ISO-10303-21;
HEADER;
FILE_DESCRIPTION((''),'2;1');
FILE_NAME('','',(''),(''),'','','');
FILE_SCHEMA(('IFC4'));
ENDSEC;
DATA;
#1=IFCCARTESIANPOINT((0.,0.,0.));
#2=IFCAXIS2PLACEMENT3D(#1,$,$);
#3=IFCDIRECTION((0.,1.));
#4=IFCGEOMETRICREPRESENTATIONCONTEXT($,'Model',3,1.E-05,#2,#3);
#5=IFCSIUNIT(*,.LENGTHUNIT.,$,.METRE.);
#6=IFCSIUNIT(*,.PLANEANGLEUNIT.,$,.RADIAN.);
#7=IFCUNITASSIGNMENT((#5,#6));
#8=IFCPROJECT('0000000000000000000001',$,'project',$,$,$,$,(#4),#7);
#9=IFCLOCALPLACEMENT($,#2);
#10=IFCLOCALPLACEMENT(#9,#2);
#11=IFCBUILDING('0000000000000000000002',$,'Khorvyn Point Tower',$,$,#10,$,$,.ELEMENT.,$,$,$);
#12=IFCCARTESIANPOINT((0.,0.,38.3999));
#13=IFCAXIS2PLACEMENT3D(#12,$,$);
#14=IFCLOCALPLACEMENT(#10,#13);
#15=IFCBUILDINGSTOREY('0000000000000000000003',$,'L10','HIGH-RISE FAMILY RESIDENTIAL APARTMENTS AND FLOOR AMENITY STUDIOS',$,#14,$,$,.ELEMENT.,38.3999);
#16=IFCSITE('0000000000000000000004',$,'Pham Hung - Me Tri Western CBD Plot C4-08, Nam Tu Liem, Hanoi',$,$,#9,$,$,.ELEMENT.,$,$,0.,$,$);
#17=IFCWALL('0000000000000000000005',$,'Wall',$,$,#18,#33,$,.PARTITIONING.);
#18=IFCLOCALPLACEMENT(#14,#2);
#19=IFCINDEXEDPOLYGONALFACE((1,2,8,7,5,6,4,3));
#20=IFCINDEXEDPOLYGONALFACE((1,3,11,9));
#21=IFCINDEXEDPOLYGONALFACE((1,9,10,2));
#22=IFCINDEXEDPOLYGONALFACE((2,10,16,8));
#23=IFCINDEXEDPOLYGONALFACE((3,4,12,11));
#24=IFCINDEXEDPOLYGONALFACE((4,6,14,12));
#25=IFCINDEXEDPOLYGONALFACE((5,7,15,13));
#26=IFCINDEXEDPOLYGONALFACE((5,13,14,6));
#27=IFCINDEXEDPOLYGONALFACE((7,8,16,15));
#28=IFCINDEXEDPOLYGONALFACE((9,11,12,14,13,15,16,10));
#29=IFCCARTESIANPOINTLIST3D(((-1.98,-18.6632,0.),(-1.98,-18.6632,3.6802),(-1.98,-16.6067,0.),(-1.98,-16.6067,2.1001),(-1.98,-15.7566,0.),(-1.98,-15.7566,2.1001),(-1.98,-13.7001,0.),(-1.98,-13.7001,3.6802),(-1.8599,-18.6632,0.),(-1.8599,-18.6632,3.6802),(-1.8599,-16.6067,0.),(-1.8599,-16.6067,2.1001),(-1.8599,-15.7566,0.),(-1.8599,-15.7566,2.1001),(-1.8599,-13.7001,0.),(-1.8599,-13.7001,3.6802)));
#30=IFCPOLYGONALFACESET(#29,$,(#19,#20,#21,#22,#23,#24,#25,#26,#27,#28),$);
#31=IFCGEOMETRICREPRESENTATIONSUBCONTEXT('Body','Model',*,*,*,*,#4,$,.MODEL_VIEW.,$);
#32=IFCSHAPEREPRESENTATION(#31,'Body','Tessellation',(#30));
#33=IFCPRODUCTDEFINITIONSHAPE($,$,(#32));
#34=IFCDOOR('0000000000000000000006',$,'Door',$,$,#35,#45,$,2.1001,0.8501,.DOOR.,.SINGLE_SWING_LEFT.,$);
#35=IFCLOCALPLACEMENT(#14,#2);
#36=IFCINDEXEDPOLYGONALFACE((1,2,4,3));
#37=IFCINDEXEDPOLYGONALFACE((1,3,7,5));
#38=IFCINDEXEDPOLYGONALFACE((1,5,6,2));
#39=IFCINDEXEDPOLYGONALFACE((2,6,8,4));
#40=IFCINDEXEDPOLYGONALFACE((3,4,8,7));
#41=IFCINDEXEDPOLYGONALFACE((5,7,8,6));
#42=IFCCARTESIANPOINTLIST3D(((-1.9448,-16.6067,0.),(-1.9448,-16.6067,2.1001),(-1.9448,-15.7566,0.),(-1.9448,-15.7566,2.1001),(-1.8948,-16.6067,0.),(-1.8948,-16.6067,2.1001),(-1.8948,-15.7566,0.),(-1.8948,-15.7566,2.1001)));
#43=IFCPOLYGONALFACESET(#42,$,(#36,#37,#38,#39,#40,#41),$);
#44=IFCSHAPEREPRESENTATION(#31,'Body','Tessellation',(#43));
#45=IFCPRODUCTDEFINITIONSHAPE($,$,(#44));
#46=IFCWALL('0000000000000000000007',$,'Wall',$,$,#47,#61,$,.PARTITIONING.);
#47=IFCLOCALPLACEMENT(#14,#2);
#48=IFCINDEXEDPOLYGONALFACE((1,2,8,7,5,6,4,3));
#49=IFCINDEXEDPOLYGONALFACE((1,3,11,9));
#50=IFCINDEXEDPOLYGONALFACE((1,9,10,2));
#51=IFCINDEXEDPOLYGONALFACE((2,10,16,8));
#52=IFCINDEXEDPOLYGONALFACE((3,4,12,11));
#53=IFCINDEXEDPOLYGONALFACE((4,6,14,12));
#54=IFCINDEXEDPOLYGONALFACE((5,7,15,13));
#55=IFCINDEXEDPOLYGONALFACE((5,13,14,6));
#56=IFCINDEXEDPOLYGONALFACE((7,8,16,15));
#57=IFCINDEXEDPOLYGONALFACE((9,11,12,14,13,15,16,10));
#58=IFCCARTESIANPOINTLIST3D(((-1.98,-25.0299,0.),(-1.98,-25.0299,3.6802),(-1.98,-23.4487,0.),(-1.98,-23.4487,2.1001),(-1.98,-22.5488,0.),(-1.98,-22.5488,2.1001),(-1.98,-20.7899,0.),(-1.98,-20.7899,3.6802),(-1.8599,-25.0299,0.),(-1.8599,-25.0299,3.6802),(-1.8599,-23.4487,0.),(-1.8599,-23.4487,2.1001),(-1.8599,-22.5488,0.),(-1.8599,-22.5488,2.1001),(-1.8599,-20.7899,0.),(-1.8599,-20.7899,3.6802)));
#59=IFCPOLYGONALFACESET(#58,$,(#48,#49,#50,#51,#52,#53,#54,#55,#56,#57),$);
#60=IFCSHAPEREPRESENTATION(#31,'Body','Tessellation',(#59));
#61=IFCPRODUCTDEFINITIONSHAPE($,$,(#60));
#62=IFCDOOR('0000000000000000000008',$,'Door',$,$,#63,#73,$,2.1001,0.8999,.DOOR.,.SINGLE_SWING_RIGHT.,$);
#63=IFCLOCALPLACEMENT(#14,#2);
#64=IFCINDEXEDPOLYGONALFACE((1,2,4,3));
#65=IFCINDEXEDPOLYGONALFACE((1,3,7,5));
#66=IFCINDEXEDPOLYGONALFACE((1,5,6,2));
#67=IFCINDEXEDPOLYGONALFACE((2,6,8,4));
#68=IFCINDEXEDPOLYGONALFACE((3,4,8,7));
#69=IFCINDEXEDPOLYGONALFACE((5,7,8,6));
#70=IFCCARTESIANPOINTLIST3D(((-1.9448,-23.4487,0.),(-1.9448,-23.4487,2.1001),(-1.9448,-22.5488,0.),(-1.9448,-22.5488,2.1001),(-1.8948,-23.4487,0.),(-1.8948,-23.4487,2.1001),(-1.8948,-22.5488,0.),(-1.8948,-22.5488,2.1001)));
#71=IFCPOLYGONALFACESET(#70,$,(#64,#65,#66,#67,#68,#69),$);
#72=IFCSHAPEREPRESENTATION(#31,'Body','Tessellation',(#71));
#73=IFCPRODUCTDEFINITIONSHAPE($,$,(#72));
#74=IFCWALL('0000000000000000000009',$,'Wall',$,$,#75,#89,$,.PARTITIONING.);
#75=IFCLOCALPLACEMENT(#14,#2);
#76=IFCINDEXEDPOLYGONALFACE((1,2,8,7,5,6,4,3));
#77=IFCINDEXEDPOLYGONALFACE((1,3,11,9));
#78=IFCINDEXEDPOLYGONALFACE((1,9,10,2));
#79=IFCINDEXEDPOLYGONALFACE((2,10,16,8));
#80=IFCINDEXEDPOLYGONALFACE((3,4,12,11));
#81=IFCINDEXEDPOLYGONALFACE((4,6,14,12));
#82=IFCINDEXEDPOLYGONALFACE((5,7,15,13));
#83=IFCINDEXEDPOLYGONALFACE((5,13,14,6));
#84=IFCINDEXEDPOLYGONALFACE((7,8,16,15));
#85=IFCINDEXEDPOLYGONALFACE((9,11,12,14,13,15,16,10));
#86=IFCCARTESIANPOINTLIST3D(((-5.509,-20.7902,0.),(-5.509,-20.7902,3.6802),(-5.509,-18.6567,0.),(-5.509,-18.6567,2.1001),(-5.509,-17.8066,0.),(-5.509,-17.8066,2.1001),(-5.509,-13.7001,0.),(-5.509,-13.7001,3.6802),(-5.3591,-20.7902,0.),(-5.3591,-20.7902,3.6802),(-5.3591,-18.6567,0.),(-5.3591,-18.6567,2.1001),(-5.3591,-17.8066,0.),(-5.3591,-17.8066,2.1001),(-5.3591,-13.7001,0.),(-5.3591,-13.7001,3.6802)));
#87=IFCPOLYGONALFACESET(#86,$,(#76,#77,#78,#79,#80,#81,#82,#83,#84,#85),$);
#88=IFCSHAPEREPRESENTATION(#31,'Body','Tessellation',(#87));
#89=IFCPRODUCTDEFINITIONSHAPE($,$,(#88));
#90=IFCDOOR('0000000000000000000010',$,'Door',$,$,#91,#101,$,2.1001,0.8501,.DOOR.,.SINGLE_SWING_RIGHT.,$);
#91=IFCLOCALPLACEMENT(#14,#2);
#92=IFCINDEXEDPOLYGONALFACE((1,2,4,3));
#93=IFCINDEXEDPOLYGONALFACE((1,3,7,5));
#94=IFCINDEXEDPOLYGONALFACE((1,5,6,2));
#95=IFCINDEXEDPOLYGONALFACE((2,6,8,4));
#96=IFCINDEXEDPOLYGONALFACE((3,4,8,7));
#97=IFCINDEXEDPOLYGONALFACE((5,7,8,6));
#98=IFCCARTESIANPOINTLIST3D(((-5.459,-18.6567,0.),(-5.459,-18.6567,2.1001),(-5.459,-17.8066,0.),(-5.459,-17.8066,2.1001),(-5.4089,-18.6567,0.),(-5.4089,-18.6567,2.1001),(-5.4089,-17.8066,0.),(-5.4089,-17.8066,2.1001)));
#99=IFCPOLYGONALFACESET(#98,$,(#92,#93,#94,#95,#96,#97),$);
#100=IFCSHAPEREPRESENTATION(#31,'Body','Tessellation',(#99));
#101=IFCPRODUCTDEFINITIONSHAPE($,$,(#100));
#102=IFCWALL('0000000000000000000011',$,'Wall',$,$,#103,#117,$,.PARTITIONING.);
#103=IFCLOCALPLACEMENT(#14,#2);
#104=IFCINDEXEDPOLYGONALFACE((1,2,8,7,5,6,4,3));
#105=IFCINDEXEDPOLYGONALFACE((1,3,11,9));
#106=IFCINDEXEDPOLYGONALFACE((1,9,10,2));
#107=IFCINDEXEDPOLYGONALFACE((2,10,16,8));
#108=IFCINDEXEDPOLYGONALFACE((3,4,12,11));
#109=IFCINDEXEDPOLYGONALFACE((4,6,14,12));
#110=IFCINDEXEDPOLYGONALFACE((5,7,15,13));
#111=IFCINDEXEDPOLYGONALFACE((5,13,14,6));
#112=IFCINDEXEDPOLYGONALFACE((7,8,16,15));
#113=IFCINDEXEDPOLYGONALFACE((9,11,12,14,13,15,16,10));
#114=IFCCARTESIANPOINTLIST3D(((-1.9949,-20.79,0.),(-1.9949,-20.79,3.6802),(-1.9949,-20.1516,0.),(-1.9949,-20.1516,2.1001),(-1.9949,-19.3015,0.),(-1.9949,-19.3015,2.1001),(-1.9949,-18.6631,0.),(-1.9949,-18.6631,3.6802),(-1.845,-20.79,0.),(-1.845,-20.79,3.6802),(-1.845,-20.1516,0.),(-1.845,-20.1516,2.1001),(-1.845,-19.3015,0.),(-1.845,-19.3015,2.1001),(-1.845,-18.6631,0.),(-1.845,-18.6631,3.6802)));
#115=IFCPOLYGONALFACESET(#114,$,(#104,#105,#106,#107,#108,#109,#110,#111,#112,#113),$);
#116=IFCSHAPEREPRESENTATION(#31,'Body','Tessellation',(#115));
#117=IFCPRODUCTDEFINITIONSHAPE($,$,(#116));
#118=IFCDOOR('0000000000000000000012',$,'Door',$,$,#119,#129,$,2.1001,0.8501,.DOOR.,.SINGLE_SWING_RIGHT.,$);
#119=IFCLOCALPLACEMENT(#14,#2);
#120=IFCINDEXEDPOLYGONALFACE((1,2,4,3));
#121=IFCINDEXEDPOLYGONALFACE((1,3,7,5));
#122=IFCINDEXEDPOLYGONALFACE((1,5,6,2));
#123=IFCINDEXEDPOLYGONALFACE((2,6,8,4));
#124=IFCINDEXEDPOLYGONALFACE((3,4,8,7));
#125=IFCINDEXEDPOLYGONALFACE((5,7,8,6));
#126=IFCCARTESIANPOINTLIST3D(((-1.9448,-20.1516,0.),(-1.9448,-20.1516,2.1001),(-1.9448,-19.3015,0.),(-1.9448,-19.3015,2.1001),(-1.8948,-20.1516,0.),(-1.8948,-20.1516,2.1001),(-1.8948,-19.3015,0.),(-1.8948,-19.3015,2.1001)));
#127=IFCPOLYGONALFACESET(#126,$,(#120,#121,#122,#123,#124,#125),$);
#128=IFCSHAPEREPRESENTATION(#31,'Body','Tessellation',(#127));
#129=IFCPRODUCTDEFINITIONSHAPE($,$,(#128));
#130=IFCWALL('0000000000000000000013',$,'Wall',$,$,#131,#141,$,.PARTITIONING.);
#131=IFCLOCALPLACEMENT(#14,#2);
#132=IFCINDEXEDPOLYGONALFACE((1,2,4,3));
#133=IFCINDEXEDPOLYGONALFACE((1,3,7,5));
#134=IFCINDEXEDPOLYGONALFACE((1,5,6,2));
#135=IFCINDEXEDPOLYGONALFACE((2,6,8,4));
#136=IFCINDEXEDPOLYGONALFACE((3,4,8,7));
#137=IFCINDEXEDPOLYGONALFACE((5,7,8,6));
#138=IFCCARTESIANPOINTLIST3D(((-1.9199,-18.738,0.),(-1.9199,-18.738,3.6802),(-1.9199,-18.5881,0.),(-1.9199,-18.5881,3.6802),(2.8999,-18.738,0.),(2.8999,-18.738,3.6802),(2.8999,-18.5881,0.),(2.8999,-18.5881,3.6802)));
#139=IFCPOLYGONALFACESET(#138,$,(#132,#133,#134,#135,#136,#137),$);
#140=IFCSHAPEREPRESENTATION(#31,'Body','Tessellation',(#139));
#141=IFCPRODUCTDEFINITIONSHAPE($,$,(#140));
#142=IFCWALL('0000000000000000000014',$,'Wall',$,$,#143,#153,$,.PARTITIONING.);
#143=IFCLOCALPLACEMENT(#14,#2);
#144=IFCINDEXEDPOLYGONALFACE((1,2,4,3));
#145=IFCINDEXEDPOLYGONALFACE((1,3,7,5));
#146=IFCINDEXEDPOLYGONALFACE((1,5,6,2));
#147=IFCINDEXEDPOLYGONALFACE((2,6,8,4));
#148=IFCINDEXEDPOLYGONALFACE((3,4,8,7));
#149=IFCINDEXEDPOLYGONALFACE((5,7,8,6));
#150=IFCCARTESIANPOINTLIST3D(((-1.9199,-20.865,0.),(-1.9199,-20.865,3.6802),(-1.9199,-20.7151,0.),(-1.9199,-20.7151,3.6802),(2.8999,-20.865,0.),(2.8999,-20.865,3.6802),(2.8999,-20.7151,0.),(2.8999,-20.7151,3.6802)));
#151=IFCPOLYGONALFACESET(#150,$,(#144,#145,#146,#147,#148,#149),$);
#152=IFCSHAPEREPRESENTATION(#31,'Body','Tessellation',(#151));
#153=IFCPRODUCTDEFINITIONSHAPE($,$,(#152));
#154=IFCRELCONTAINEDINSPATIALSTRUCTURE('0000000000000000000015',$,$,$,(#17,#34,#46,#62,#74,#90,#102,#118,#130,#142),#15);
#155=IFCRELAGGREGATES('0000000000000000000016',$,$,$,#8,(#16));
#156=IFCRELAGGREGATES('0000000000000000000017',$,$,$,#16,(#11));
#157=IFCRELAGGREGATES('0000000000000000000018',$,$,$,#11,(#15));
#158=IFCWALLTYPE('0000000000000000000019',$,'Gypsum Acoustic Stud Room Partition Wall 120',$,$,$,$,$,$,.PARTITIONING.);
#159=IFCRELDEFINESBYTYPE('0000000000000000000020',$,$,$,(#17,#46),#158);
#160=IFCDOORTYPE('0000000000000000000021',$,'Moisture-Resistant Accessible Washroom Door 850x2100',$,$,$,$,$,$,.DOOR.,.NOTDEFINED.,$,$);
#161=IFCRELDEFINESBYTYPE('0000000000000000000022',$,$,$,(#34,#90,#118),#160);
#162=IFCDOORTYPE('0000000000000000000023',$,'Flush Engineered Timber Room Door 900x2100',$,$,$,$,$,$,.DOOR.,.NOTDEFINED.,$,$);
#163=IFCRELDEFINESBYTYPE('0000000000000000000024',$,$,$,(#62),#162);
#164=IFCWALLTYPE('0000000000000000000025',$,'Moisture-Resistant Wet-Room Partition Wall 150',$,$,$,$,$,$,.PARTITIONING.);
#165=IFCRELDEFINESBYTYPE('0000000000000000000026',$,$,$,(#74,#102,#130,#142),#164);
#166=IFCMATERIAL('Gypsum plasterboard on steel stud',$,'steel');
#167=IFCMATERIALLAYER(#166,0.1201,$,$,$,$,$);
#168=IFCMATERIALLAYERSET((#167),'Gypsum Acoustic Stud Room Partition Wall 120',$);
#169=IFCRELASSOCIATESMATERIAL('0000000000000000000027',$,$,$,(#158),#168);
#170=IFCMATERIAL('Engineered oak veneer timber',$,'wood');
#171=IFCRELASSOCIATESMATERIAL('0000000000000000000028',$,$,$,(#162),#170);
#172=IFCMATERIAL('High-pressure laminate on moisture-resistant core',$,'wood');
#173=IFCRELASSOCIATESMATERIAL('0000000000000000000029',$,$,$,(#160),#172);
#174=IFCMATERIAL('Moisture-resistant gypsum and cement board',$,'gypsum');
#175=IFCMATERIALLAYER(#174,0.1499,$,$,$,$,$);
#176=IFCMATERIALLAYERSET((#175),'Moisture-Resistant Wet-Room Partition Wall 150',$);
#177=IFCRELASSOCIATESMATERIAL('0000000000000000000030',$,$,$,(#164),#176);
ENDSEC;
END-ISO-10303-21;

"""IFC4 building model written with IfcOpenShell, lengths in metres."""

from ifc_helpers import new_model, si_unit, direction, frame, frame_2d, origin, place, context, subcontext, project, spatial, rectangle, extrude, material, layer, layer_set, type_object, element, fill, save


model = new_model("IFC4")

# Units and contexts
model_context = context("Model", 3, precision=1e-05, world=origin(), true_north=direction((0.0, 1.0)))
body_context = subcontext(model_context, "Body", "Model", "MODEL_VIEW")
ifc_project = project(units=[si_unit("LENGTHUNIT", "METRE"), si_unit("PLANEANGLEUNIT", "RADIAN")], contexts=[model_context])

# Site, building, storey
site_placement = place(None, origin())
site = spatial("IfcSite", under=ifc_project, at=site_placement, Name="Pham Hung - Me Tri Western CBD Plot C4-08, Nam Tu Liem, Hanoi", CompositionType="ELEMENT", RefElevation=0.0)
building_placement = place(site_placement, origin())
building = spatial("IfcBuilding", under=site, at=building_placement, Name="Khorvyn Point Tower", CompositionType="ELEMENT")
storey_placement = place(building_placement, frame((0.0, 0.0, 38.3999)))
storey = spatial("IfcBuildingStorey", under=building, at=storey_placement, Name="L10", Description="HIGH-RISE FAMILY RESIDENTIAL APARTMENTS AND FLOOR AMENITY STUDIOS", CompositionType="ELEMENT", Elevation=38.3999)

# Walls, openings, doors
ifc_material_1 = material(Name="Gypsum plasterboard on steel stud", Category="steel")
ifc_layer_1 = layer(ifc_material_1, 0.1201)
ifc_layer_set_1 = layer_set([ifc_layer_1], Name="Gypsum Acoustic Stud Room Partition Wall 120")
wall_type_1 = type_object("IfcWallType", Name="Gypsum Acoustic Stud Room Partition Wall 120", PredefinedType="PARTITIONING", material=ifc_layer_set_1)
ifc_material_2 = material(Name="Engineered oak veneer timber", Category="wood")
door_type_1 = type_object("IfcDoorType", Name="Flush Engineered Timber Room Door 900x2100", OperationType="NOTDEFINED", PredefinedType="DOOR", material=ifc_material_2)
wall_1_placement = place(storey_placement, frame((-1.9199, -18.6631, 0.0), z_axis=(0.0, 0.0, 1.0), x_axis=(0.0, 1.0, 0.0)))
wall_1 = element("IfcWall", 1, at=wall_1_placement, inside=storey, type_object=wall_type_1, Name="Wall", PredefinedType="PARTITIONING", context=body_context, shape_type="SweptSolid", body=[
    extrude(rectangle(XDim=4.9631, YDim=0.1201, at=frame_2d((2.4814, 0.0))), origin(), (0.0, 0.0, 1.0), 3.6802),
])
opening_1_placement = place(wall_1_placement, frame((2.0564, 0.0, 0.0)))
opening_1 = element("IfcOpeningElement", 2, at=opening_1_placement, cuts=wall_1, PredefinedType="OPENING", context=body_context, shape_type="SweptSolid", body=[
    extrude(rectangle(XDim=0.8501, YDim=2.1001, at=frame_2d((0.425, 1.05))), frame((0.0, 0.0701, 0.0), z_axis=(0.0, -1.0, 0.0), x_axis=(1.0, 0.0, 0.0)), (0.0, 0.0, 1.0), 0.1401),
])
ifc_material_3 = material(Name="High-pressure laminate on moisture-resistant core", Category="wood")
door_type_2 = type_object("IfcDoorType", Name="Moisture-Resistant Accessible Washroom Door 850x2100", OperationType="NOTDEFINED", PredefinedType="DOOR", material=ifc_material_3)
door_1_placement = place(opening_1_placement, origin())
door_1 = element("IfcDoor", 3, at=door_1_placement, inside=storey, type_object=door_type_2, Name="Door", OperationType="SINGLE_SWING_LEFT", OverallHeight=2.1001, OverallWidth=0.8501, PredefinedType="DOOR", context=body_context, shape_type="SweptSolid", body=[
    extrude(rectangle(XDim=0.8501, YDim=2.1001, at=frame_2d((0.425, 1.05))), frame((0.0, 0.0249, 0.0), z_axis=(0.0, -1.0, 0.0), x_axis=(1.0, 0.0, 0.0)), (0.0, 0.0, 1.0), 0.05),
])
fill(opening_1, door_1)
wall_2_placement = place(storey_placement, frame((-1.9199, -25.03, 0.0), z_axis=(0.0, 0.0, 1.0), x_axis=(0.0, 1.0, 0.0)))
wall_2 = element("IfcWall", 4, at=wall_2_placement, inside=storey, type_object=wall_type_1, Name="Wall", PredefinedType="PARTITIONING", context=body_context, shape_type="SweptSolid", body=[
    extrude(rectangle(XDim=4.24, YDim=0.1201, at=frame_2d((2.1201, 0.0))), origin(), (0.0, 0.0, 1.0), 3.6802),
])
opening_2_placement = place(wall_2_placement, frame((1.5813, 0.0, 0.0)))
opening_2 = element("IfcOpeningElement", 5, at=opening_2_placement, cuts=wall_2, PredefinedType="OPENING", context=body_context, shape_type="SweptSolid", body=[
    extrude(rectangle(XDim=0.8999, YDim=2.1001, at=frame_2d((0.45, 1.05))), frame((0.0, 0.0701, 0.0), z_axis=(0.0, -1.0, 0.0), x_axis=(1.0, 0.0, 0.0)), (0.0, 0.0, 1.0), 0.1401),
])
door_2_placement = place(opening_2_placement, origin())
door_2 = element("IfcDoor", 6, at=door_2_placement, inside=storey, type_object=door_type_1, Name="Door", OperationType="SINGLE_SWING_RIGHT", OverallHeight=2.1001, OverallWidth=0.8999, PredefinedType="DOOR", context=body_context, shape_type="SweptSolid", body=[
    extrude(rectangle(XDim=0.8999, YDim=2.1001, at=frame_2d((0.45, 1.05))), frame((0.0, 0.0249, 0.0), z_axis=(0.0, -1.0, 0.0), x_axis=(1.0, 0.0, 0.0)), (0.0, 0.0, 1.0), 0.05),
])
fill(opening_2, door_2)
ifc_material_4 = material(Name="Moisture-resistant gypsum and cement board", Category="gypsum")
ifc_layer_2 = layer(ifc_material_4, 0.1499)
ifc_layer_set_2 = layer_set([ifc_layer_2], Name="Moisture-Resistant Wet-Room Partition Wall 150")
wall_type_2 = type_object("IfcWallType", Name="Moisture-Resistant Wet-Room Partition Wall 150", PredefinedType="PARTITIONING", material=ifc_layer_set_2)
wall_3_placement = place(storey_placement, frame((-5.4341, -20.79, 0.0), z_axis=(0.0, 0.0, 1.0), x_axis=(0.0, 1.0, 0.0)))
wall_3 = element("IfcWall", 7, at=wall_3_placement, inside=storey, type_object=wall_type_2, Name="Wall", PredefinedType="PARTITIONING", context=body_context, shape_type="SweptSolid", body=[
    extrude(rectangle(XDim=7.0901, YDim=0.1499, at=frame_2d((3.5449, 0.0))), origin(), (0.0, 0.0, 1.0), 3.6802),
])
opening_3_placement = place(wall_3_placement, frame((2.1333, 0.0, 0.0)))
opening_3 = element("IfcOpeningElement", 8, at=opening_3_placement, cuts=wall_3, PredefinedType="OPENING", context=body_context, shape_type="SweptSolid", body=[
    extrude(rectangle(XDim=0.8501, YDim=2.1001, at=frame_2d((0.425, 1.05))), frame((0.0, 0.085, 0.0), z_axis=(0.0, -1.0, 0.0), x_axis=(1.0, 0.0, 0.0)), (0.0, 0.0, 1.0), 0.1699),
])
door_3_placement = place(opening_3_placement, origin())
door_3 = element("IfcDoor", 9, at=door_3_placement, inside=storey, type_object=door_type_2, Name="Door", OperationType="SINGLE_SWING_RIGHT", OverallHeight=2.1001, OverallWidth=0.8501, PredefinedType="DOOR", context=body_context, shape_type="SweptSolid", body=[
    extrude(rectangle(XDim=0.8501, YDim=2.1001, at=frame_2d((0.425, 1.05))), frame((0.0, 0.0249, 0.0), z_axis=(0.0, -1.0, 0.0), x_axis=(1.0, 0.0, 0.0)), (0.0, 0.0, 1.0), 0.05),
])
fill(opening_3, door_3)
wall_4_placement = place(storey_placement, frame((-1.9199, -20.79, 0.0), z_axis=(0.0, 0.0, 1.0), x_axis=(0.0, 1.0, 0.0)))
wall_4 = element("IfcWall", 10, at=wall_4_placement, inside=storey, type_object=wall_type_2, Name="Wall", PredefinedType="PARTITIONING", context=body_context, shape_type="SweptSolid", body=[
    extrude(rectangle(XDim=2.127, YDim=0.1499, at=frame_2d((1.0635, 0.0))), origin(), (0.0, 0.0, 1.0), 3.6802),
])
opening_4_placement = place(wall_4_placement, frame((0.6384, 0.0, 0.0)))
opening_4 = element("IfcOpeningElement", 11, at=opening_4_placement, cuts=wall_4, PredefinedType="OPENING", context=body_context, shape_type="SweptSolid", body=[
    extrude(rectangle(XDim=0.8501, YDim=2.1001, at=frame_2d((0.425, 1.05))), frame((0.0, 0.085, 0.0), z_axis=(0.0, -1.0, 0.0), x_axis=(1.0, 0.0, 0.0)), (0.0, 0.0, 1.0), 0.1699),
])
door_4_placement = place(opening_4_placement, origin())
door_4 = element("IfcDoor", 12, at=door_4_placement, inside=storey, type_object=door_type_2, Name="Door", OperationType="SINGLE_SWING_RIGHT", OverallHeight=2.1001, OverallWidth=0.8501, PredefinedType="DOOR", context=body_context, shape_type="SweptSolid", body=[
    extrude(rectangle(XDim=0.8501, YDim=2.1001, at=frame_2d((0.425, 1.05))), frame((0.0, 0.0249, 0.0), z_axis=(0.0, -1.0, 0.0), x_axis=(1.0, 0.0, 0.0)), (0.0, 0.0, 1.0), 0.05),
])
fill(opening_4, door_4)

# Walls
for number, where, z_axis, x_axis, name in (
    (13, (-1.9199, -18.6631, 0.0), (0.0, 0.0, 1.0), (1.0, 0.0, 0.0), "Wall"),
    (14, (-1.9199, -20.79, 0.0), (0.0, 0.0, 1.0), (1.0, 0.0, 0.0), "Wall"),
):
    element("IfcWall", number, at=place(storey_placement, frame(where, z_axis=z_axis, x_axis=x_axis)), inside=storey, type_object=wall_type_2, Name=name, PredefinedType="PARTITIONING", context=body_context, shape_type="SweptSolid", body=[
        extrude(rectangle(XDim=4.8198, YDim=0.1499, at=frame_2d((2.4099, 0.0))), origin(), (0.0, 0.0, 1.0), 3.6802),
    ])

save(model, "model.ifc")
